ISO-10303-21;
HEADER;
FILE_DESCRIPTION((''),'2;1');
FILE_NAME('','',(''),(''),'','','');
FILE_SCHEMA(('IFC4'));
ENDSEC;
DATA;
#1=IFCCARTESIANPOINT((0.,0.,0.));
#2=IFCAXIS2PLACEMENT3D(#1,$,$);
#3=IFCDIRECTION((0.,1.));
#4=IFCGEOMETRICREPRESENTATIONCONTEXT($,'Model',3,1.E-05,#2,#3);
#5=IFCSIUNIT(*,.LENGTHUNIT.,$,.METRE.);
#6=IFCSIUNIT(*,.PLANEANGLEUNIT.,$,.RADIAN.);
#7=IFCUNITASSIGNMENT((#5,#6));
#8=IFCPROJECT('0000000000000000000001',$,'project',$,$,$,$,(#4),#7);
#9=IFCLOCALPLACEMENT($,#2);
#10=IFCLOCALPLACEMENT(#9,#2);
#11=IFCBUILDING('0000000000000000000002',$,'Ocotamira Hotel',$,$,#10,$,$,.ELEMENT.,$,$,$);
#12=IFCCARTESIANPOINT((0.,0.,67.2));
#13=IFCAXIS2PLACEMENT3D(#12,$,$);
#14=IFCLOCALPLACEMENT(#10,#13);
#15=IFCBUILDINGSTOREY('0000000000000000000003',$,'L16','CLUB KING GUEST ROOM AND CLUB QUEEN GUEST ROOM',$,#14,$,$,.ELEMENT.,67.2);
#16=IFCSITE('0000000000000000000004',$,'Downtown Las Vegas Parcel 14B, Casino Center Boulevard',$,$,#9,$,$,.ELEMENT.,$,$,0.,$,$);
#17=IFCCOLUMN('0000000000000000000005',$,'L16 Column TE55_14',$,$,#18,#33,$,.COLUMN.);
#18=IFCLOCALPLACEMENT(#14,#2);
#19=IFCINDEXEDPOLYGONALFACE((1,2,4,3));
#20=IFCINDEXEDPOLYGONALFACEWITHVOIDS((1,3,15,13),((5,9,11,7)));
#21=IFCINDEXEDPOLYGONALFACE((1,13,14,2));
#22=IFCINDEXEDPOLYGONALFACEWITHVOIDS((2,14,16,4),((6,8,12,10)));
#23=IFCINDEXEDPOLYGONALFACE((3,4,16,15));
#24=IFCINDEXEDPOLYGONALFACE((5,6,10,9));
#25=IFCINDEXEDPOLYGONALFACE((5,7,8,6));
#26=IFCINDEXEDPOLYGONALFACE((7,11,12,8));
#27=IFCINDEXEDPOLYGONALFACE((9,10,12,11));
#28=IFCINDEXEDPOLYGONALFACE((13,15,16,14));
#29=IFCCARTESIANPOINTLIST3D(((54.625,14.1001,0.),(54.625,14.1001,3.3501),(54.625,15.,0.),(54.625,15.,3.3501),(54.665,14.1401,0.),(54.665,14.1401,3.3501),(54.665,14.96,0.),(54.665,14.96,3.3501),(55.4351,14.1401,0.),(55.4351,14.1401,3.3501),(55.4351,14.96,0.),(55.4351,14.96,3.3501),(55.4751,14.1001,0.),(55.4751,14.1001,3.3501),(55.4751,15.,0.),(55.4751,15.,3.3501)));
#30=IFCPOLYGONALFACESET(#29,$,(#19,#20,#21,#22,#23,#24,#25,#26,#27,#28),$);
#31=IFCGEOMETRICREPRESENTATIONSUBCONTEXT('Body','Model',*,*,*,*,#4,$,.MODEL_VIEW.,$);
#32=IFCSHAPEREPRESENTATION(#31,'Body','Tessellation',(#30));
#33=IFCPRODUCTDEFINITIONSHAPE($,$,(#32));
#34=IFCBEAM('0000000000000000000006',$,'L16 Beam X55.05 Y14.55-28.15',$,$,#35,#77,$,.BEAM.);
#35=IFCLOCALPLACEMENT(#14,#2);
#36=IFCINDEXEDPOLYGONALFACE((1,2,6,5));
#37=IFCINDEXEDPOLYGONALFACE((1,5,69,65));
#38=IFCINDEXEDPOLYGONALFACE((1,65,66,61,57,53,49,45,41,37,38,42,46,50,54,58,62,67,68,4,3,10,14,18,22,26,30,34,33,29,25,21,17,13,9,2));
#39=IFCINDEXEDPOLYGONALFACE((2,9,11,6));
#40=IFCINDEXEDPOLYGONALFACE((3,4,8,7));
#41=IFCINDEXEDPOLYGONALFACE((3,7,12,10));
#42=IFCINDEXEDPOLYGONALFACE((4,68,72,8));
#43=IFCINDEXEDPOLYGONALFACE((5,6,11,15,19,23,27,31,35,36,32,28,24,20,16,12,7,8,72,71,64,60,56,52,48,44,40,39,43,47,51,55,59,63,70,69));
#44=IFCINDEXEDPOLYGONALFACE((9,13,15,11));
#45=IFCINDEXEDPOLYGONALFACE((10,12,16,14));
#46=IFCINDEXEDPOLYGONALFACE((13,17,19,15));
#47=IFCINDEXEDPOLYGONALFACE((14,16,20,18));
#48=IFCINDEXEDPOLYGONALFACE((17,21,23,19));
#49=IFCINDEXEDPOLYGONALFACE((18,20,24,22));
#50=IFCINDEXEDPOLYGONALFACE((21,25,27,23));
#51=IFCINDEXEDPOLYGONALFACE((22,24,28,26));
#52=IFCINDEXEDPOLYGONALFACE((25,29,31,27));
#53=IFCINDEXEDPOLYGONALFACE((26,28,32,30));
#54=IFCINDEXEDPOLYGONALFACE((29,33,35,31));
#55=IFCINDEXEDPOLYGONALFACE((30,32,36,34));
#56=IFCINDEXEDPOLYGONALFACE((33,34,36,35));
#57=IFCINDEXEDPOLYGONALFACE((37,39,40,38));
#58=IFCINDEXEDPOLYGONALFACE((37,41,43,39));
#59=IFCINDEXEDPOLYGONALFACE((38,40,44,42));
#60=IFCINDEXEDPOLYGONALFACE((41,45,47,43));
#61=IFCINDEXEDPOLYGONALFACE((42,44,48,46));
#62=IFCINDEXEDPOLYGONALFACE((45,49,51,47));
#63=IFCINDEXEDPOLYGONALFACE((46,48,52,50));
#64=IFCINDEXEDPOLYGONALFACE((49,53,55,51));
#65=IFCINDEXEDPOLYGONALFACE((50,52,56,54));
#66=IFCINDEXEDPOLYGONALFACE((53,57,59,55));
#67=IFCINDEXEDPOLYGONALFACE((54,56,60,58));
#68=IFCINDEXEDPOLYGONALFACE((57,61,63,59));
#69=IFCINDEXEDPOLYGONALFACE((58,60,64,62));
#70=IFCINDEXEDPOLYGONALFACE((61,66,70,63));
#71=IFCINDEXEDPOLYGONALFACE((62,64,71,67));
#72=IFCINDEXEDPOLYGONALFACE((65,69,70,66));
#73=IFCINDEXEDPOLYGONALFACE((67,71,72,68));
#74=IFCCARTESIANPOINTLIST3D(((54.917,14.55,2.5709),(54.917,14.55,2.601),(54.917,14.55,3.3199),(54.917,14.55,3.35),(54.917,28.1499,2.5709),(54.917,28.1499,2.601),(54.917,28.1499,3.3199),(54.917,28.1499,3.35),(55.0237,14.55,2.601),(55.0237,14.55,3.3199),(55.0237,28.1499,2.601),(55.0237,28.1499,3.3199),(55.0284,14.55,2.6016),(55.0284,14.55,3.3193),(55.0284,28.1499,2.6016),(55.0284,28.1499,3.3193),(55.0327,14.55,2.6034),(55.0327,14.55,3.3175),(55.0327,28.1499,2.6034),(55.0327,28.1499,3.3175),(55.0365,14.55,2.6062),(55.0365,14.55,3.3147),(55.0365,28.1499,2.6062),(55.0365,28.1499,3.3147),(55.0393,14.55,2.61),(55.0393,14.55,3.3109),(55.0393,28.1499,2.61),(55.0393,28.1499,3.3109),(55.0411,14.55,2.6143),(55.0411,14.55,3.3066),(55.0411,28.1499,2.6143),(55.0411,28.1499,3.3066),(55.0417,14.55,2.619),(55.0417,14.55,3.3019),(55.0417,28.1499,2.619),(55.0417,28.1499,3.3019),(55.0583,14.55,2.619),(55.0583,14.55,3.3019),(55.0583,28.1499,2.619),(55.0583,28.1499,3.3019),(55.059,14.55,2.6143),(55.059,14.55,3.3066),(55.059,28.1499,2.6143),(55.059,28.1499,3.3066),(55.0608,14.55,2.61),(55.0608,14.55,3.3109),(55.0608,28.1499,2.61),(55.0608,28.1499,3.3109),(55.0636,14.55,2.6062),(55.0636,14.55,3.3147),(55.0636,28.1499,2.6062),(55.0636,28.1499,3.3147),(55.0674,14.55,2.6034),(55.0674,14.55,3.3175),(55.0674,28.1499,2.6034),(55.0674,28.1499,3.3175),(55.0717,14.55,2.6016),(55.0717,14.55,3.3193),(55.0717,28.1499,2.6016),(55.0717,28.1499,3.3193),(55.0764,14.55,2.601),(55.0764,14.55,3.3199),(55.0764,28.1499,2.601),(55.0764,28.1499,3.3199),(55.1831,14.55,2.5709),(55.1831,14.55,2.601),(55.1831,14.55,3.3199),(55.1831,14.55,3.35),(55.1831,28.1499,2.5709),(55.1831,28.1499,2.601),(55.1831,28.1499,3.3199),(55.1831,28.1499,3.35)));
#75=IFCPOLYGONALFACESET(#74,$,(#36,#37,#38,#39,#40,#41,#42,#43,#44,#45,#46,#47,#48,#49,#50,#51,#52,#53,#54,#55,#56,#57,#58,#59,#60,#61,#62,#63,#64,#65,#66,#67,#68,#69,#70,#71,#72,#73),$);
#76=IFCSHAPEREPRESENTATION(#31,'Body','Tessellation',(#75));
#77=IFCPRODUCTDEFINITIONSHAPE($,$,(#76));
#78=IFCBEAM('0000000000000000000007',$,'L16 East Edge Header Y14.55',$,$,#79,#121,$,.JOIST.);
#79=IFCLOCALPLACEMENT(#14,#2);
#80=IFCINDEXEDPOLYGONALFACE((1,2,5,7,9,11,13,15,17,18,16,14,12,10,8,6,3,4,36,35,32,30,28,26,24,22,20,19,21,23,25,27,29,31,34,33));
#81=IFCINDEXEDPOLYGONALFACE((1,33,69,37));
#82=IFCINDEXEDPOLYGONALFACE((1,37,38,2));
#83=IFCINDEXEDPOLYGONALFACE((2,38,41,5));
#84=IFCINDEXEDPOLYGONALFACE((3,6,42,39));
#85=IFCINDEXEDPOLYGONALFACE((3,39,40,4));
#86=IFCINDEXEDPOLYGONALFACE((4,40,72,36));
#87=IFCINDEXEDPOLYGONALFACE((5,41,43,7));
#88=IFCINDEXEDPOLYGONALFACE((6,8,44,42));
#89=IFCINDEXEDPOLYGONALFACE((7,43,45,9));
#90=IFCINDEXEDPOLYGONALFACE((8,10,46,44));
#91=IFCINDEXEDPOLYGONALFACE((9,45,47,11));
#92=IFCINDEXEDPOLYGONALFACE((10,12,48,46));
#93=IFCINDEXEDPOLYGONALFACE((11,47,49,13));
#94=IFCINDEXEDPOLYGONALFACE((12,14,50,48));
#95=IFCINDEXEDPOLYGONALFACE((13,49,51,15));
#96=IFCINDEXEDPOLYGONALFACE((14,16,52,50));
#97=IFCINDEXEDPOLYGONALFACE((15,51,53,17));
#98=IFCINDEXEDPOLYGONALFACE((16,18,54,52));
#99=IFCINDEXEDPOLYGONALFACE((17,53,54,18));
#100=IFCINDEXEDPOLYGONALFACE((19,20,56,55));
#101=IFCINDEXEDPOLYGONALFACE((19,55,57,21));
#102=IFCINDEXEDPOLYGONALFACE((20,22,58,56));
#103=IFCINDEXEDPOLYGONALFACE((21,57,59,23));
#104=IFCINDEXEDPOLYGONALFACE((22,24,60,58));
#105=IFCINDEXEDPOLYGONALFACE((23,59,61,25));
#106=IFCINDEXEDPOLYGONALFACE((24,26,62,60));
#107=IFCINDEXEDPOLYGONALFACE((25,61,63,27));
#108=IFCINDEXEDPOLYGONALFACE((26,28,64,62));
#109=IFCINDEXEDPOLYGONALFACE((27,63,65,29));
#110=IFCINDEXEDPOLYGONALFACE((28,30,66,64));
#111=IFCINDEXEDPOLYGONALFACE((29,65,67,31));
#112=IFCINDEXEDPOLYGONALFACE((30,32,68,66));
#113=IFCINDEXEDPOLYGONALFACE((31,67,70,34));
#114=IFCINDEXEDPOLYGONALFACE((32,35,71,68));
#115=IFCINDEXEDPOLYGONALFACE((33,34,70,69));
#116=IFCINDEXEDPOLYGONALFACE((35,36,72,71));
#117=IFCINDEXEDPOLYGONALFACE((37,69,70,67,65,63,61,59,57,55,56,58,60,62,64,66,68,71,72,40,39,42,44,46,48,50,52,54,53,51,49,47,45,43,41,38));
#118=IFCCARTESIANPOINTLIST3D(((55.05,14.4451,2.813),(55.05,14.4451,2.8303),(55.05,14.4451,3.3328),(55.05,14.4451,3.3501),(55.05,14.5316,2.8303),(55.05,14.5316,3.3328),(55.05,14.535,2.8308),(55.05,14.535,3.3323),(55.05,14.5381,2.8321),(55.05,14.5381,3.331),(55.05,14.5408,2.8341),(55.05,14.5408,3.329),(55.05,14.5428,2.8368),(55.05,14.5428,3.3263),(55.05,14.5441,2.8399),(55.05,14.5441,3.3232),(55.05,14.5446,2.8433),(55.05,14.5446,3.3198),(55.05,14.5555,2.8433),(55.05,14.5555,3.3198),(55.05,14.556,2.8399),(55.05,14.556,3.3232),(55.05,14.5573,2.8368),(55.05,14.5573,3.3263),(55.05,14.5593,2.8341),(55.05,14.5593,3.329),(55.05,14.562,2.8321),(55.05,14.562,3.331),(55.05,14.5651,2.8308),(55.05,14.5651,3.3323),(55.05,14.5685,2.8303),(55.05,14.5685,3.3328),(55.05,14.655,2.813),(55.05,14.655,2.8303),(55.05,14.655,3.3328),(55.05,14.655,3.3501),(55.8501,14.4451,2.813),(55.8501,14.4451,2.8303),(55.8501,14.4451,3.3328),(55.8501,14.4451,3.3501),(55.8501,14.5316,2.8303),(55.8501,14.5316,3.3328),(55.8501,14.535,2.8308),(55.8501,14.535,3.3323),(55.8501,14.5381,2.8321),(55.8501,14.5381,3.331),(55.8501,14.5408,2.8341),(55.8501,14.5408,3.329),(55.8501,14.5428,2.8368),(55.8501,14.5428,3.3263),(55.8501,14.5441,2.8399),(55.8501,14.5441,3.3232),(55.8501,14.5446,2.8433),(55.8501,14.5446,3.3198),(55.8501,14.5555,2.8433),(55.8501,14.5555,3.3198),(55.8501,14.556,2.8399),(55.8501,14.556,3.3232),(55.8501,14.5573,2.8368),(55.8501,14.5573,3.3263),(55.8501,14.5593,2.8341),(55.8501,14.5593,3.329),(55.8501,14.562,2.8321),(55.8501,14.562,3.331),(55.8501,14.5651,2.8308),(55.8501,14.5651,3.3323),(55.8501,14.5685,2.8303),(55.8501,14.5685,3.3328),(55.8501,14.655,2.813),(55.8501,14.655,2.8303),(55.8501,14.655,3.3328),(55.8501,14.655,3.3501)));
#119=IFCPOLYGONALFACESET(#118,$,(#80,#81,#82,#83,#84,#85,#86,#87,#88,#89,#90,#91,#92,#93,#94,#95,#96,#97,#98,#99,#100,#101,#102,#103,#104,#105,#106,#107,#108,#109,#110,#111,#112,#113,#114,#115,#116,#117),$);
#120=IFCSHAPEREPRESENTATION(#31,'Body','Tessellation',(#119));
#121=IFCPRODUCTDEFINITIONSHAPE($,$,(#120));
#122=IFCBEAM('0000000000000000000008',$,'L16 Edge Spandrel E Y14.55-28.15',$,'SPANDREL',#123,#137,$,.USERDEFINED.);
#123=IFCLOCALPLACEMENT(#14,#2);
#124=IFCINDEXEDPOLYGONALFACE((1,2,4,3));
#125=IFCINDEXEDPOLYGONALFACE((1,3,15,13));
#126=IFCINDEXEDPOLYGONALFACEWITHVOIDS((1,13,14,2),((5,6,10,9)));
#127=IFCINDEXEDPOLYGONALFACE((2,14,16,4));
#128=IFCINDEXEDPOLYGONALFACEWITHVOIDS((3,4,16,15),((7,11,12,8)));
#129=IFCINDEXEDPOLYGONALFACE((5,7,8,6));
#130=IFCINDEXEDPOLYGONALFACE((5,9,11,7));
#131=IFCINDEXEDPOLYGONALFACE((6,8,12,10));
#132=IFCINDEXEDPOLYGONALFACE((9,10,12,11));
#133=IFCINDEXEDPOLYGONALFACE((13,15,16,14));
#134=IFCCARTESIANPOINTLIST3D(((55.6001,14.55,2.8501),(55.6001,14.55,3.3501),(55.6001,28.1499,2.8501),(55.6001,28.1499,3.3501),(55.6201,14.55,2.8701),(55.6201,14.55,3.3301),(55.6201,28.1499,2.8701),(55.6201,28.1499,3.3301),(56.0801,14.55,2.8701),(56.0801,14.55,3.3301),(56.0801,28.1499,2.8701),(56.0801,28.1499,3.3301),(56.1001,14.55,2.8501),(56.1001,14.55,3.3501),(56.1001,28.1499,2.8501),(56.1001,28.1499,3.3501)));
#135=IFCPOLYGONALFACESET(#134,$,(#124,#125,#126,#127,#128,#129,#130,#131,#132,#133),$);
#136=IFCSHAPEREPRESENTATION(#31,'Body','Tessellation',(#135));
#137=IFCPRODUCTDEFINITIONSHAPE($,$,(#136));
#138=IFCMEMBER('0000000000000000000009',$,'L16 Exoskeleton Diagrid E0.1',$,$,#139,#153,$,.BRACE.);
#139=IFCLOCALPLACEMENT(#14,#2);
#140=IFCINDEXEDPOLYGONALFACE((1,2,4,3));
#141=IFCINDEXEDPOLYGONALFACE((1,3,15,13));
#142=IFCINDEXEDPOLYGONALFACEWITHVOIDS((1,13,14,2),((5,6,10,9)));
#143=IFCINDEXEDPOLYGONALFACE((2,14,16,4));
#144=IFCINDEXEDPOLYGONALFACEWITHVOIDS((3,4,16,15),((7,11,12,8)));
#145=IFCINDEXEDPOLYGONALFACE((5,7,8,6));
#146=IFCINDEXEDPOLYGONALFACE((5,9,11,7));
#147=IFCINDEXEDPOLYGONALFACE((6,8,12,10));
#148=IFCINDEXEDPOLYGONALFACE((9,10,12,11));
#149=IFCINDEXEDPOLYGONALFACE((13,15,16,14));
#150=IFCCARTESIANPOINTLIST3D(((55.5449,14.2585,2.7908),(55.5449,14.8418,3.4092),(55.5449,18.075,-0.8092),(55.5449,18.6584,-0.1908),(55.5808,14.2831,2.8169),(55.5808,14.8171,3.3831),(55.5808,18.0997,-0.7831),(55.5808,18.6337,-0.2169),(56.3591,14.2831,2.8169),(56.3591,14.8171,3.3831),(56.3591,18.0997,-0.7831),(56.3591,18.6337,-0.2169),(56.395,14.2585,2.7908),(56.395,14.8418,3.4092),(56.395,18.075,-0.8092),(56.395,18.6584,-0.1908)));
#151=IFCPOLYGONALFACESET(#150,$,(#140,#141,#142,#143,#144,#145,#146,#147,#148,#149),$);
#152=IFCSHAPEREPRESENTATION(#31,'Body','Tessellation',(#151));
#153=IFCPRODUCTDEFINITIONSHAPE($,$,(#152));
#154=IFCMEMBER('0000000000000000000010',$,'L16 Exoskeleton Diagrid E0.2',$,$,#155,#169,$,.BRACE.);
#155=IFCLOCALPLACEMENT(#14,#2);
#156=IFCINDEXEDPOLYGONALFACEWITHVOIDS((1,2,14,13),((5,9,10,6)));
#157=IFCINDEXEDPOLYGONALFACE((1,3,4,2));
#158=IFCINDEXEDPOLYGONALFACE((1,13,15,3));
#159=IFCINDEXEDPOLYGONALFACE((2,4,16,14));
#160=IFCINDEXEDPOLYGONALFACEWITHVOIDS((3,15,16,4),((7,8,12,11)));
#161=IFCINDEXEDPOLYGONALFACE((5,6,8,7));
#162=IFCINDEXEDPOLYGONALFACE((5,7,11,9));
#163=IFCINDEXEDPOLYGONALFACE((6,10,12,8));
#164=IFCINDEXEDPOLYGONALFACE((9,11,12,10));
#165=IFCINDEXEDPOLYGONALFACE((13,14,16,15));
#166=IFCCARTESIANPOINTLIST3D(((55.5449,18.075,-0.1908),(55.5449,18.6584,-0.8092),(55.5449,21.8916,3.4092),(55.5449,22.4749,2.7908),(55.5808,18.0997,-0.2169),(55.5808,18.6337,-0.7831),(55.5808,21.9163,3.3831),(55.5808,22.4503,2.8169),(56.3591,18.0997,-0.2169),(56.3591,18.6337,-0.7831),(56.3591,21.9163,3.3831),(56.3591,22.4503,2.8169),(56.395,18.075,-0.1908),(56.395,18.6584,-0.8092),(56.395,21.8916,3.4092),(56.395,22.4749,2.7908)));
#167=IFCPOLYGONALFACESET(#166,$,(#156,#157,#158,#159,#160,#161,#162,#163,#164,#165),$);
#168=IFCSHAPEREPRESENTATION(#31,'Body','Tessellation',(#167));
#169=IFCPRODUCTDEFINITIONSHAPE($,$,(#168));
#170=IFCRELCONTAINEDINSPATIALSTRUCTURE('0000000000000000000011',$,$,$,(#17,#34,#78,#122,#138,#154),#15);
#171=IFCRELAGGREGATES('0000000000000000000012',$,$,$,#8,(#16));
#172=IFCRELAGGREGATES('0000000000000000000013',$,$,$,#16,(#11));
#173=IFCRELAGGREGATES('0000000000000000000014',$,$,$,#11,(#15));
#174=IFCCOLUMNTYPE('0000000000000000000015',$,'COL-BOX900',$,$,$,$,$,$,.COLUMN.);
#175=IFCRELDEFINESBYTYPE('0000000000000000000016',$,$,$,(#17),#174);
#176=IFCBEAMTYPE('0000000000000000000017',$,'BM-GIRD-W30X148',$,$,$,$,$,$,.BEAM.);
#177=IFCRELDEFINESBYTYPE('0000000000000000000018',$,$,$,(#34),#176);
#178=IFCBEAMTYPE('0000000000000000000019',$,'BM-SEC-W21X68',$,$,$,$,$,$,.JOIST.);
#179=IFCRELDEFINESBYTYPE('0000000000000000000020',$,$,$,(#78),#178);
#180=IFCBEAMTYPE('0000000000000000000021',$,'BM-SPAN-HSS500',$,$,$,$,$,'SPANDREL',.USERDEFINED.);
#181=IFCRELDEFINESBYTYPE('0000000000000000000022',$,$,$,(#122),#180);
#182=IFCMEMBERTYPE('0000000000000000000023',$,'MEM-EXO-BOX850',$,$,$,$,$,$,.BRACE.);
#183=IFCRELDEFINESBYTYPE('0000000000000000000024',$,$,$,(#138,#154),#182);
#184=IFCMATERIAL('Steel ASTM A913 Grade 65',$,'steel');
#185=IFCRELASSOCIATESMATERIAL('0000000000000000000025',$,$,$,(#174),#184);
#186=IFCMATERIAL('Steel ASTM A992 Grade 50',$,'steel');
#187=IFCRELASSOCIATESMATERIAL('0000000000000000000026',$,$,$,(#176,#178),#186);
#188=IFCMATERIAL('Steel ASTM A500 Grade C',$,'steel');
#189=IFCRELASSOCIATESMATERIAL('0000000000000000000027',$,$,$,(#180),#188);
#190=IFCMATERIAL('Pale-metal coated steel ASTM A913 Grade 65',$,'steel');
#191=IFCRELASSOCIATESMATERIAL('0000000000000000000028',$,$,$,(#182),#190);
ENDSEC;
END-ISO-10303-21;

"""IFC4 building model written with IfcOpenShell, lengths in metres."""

from ifc_helpers import new_model, si_unit, direction, frame, origin, origin_2d, place, context, subcontext, project, spatial, hollow_rectangle, i_section, extrude, source, transform, mapped, material, material_profile, profile_set, type_object, element, save


model = new_model("IFC4")

# Units and contexts
model_context = context("Model", 3, precision=1e-05, world=origin(), true_north=direction((0.0, 1.0)))
body_context = subcontext(model_context, "Body", "Model", "MODEL_VIEW")
ifc_project = project(units=[si_unit("LENGTHUNIT", "METRE"), si_unit("PLANEANGLEUNIT", "RADIAN")], contexts=[model_context])

# Site, building, storey
site_placement = place(None, origin())
site = spatial("IfcSite", under=ifc_project, at=site_placement, Name="Downtown Las Vegas Parcel 14B, Casino Center Boulevard", CompositionType="ELEMENT", RefElevation=0.0)
building_placement = place(site_placement, origin())
building = spatial("IfcBuilding", under=site, at=building_placement, Name="Ocotamira Hotel", CompositionType="ELEMENT")
storey_placement = place(building_placement, frame((0.0, 0.0, 67.2)))
storey = spatial("IfcBuildingStorey", under=building, at=storey_placement, Name="L16", Description="CLUB KING GUEST ROOM AND CLUB QUEEN GUEST ROOM", CompositionType="ELEMENT", Elevation=67.2)

# Column
ifc_material_1 = material(Name="Steel ASTM A913 Grade 65", Category="steel")
ifc_material_profile_1 = material_profile(ifc_material_1, hollow_rectangle(XDim=0.8501, YDim=0.8999, WallThickness=0.04, at=origin_2d()), Name="BOX900X850X40")
ifc_profile_set_1 = profile_set([ifc_material_profile_1], Name="Steel ASTM A913 Grade 65")
column_type = type_object("IfcColumnType", Name="COL-BOX900", PredefinedType="COLUMN", material=ifc_profile_set_1)
shared_shape_1 = source(origin(), body_context, "Body", "SweptSolid", [
    extrude(hollow_rectangle(XDim=0.8501, YDim=0.8999, WallThickness=0.04, at=origin_2d()), origin(), (0.0, 0.0, 1.0), 3.3501),
])
column_placement = place(storey_placement, frame((55.05, 14.55, 0.0), z_axis=(0.0, 0.0, 1.0), x_axis=(1.0, 0.0, 0.0)))
element("IfcColumn", 1, at=column_placement, inside=storey, type_object=column_type, Name="L16 Column TE55_14", PredefinedType="COLUMN", context=body_context, shape_type="MappedRepresentation", body=[
    mapped(shared_shape_1, transform((0.0, 0.0, 0.0), scale=1.0)),
])

# Beams
ifc_material_2 = material(Name="Steel ASTM A992 Grade 50", Category="steel")
ifc_material_profile_2 = material_profile(ifc_material_2, i_section(OverallWidth=0.2661, OverallDepth=0.7791, WebThickness=0.0166, FlangeThickness=0.03, FilletRadius=0.0181, at=origin_2d()), Name="W30X148")
ifc_profile_set_2 = profile_set([ifc_material_profile_2], Name="Steel ASTM A992 Grade 50")
beam_type_1 = type_object("IfcBeamType", Name="BM-GIRD-W30X148", PredefinedType="BEAM", material=ifc_profile_set_2)
shared_shape_2 = source(origin(), body_context, "Body", "SweptSolid", [
    extrude(i_section(OverallWidth=0.2661, OverallDepth=0.7791, WebThickness=0.0166, FlangeThickness=0.03, FilletRadius=0.0181, at=origin_2d()), origin(), (0.0, 0.0, 1.0), 13.5999),
])
beam_1_placement = place(storey_placement, frame((55.05, 14.55, 2.9604), z_axis=(0.0, 1.0, 0.0), x_axis=(-1.0, 0.0, 0.0)))
element("IfcBeam", 2, at=beam_1_placement, inside=storey, type_object=beam_type_1, Name="L16 Beam X55.05 Y14.55-28.15", PredefinedType="BEAM", context=body_context, shape_type="MappedRepresentation", body=[
    mapped(shared_shape_2, transform((0.0, 0.0, 0.0), scale=1.0)),
])
ifc_material_profile_3 = material_profile(ifc_material_2, i_section(OverallWidth=0.21, OverallDepth=0.5371, WebThickness=0.011, FlangeThickness=0.0173, FilletRadius=0.0129, at=origin_2d()), Name="W21X68")
ifc_profile_set_3 = profile_set([ifc_material_profile_3], Name="Steel ASTM A992 Grade 50")
beam_type_2 = type_object("IfcBeamType", Name="BM-SEC-W21X68", PredefinedType="JOIST", material=ifc_profile_set_3)
shared_shape_3 = source(origin(), body_context, "Body", "SweptSolid", [
    extrude(i_section(OverallWidth=0.21, OverallDepth=0.5371, WebThickness=0.011, FlangeThickness=0.0173, FilletRadius=0.0129, at=origin_2d()), origin(), (0.0, 0.0, 1.0), 0.8),
])
beam_2_placement = place(storey_placement, frame((55.05, 14.55, 3.0815), z_axis=(1.0, 0.0, 0.0), x_axis=(0.0, 1.0, 0.0)))
element("IfcBeam", 3, at=beam_2_placement, inside=storey, type_object=beam_type_2, Name="L16 East Edge Header Y14.55", PredefinedType="JOIST", context=body_context, shape_type="MappedRepresentation", body=[
    mapped(shared_shape_3, transform((0.0, 0.0, 0.0), scale=1.0)),
])
ifc_material_3 = material(Name="Steel ASTM A500 Grade C", Category="steel")
ifc_material_profile_4 = material_profile(ifc_material_3, hollow_rectangle(XDim=0.5, YDim=0.5, WallThickness=0.02, at=origin_2d()), Name="HSS500X500X20")
ifc_profile_set_4 = profile_set([ifc_material_profile_4], Name="Steel ASTM A500 Grade C")
beam_type_3 = type_object("IfcBeamType", Name="BM-SPAN-HSS500", ElementType="SPANDREL", PredefinedType="USERDEFINED", material=ifc_profile_set_4)
shared_shape_4 = source(origin(), body_context, "Body", "SweptSolid", [
    extrude(hollow_rectangle(XDim=0.5, YDim=0.5, WallThickness=0.02, at=origin_2d()), origin(), (0.0, 0.0, 1.0), 13.5999),
])
beam_3_placement = place(storey_placement, frame((55.8501, 14.55, 3.1001), z_axis=(0.0, 1.0, 0.0), x_axis=(-1.0, 0.0, 0.0)))
element("IfcBeam", 4, at=beam_3_placement, inside=storey, type_object=beam_type_3, Name="L16 Edge Spandrel E Y14.55-28.15", ObjectType="SPANDREL", PredefinedType="USERDEFINED", context=body_context, shape_type="MappedRepresentation", body=[
    mapped(shared_shape_4, transform((0.0, 0.0, 0.0), scale=1.0)),
])

# Members
ifc_material_4 = material(Name="Pale-metal coated steel ASTM A913 Grade 65", Category="steel")
ifc_material_profile_5 = material_profile(ifc_material_4, hollow_rectangle(XDim=0.8501, YDim=0.8501, WallThickness=0.0359, at=origin_2d()), Name="BOX850X850X36")
ifc_profile_set_5 = profile_set([ifc_material_profile_5], Name="Pale-metal coated steel ASTM A913 Grade 65")
member_type_1 = type_object("IfcMemberType", Name="MEM-EXO-BOX850", PredefinedType="BRACE", material=ifc_profile_set_5)
shared_shape_5 = source(origin(), body_context, "Body", "SweptSolid", [
    extrude(hollow_rectangle(XDim=0.8501, YDim=0.8501, WallThickness=0.0359, at=origin_2d()), origin(), (0.0, 0.0, 1.0), 5.2466),
])
for number, where, z_axis, x_axis, name in (
    (5, (55.97, 18.3667, -0.5), (0.0, -0.727443, 0.686168), (1.0, 0.0, 0.0), "L16 Exoskeleton Diagrid E0.1"),
    (6, (55.97, 18.3667, -0.5), (0.0, 0.727443, 0.686168), (-1.0, 0.0, 0.0), "L16 Exoskeleton Diagrid E0.2"),
):
    element("IfcMember", number, at=place(storey_placement, frame(where, z_axis=z_axis, x_axis=x_axis)), inside=storey, type_object=member_type_1, Name=name, PredefinedType="BRACE", context=body_context, shape_type="MappedRepresentation", body=[
        mapped(shared_shape_5, transform((0.0, 0.0, 0.0), scale=1.0)),
    ])

save(model, "model.ifc")
